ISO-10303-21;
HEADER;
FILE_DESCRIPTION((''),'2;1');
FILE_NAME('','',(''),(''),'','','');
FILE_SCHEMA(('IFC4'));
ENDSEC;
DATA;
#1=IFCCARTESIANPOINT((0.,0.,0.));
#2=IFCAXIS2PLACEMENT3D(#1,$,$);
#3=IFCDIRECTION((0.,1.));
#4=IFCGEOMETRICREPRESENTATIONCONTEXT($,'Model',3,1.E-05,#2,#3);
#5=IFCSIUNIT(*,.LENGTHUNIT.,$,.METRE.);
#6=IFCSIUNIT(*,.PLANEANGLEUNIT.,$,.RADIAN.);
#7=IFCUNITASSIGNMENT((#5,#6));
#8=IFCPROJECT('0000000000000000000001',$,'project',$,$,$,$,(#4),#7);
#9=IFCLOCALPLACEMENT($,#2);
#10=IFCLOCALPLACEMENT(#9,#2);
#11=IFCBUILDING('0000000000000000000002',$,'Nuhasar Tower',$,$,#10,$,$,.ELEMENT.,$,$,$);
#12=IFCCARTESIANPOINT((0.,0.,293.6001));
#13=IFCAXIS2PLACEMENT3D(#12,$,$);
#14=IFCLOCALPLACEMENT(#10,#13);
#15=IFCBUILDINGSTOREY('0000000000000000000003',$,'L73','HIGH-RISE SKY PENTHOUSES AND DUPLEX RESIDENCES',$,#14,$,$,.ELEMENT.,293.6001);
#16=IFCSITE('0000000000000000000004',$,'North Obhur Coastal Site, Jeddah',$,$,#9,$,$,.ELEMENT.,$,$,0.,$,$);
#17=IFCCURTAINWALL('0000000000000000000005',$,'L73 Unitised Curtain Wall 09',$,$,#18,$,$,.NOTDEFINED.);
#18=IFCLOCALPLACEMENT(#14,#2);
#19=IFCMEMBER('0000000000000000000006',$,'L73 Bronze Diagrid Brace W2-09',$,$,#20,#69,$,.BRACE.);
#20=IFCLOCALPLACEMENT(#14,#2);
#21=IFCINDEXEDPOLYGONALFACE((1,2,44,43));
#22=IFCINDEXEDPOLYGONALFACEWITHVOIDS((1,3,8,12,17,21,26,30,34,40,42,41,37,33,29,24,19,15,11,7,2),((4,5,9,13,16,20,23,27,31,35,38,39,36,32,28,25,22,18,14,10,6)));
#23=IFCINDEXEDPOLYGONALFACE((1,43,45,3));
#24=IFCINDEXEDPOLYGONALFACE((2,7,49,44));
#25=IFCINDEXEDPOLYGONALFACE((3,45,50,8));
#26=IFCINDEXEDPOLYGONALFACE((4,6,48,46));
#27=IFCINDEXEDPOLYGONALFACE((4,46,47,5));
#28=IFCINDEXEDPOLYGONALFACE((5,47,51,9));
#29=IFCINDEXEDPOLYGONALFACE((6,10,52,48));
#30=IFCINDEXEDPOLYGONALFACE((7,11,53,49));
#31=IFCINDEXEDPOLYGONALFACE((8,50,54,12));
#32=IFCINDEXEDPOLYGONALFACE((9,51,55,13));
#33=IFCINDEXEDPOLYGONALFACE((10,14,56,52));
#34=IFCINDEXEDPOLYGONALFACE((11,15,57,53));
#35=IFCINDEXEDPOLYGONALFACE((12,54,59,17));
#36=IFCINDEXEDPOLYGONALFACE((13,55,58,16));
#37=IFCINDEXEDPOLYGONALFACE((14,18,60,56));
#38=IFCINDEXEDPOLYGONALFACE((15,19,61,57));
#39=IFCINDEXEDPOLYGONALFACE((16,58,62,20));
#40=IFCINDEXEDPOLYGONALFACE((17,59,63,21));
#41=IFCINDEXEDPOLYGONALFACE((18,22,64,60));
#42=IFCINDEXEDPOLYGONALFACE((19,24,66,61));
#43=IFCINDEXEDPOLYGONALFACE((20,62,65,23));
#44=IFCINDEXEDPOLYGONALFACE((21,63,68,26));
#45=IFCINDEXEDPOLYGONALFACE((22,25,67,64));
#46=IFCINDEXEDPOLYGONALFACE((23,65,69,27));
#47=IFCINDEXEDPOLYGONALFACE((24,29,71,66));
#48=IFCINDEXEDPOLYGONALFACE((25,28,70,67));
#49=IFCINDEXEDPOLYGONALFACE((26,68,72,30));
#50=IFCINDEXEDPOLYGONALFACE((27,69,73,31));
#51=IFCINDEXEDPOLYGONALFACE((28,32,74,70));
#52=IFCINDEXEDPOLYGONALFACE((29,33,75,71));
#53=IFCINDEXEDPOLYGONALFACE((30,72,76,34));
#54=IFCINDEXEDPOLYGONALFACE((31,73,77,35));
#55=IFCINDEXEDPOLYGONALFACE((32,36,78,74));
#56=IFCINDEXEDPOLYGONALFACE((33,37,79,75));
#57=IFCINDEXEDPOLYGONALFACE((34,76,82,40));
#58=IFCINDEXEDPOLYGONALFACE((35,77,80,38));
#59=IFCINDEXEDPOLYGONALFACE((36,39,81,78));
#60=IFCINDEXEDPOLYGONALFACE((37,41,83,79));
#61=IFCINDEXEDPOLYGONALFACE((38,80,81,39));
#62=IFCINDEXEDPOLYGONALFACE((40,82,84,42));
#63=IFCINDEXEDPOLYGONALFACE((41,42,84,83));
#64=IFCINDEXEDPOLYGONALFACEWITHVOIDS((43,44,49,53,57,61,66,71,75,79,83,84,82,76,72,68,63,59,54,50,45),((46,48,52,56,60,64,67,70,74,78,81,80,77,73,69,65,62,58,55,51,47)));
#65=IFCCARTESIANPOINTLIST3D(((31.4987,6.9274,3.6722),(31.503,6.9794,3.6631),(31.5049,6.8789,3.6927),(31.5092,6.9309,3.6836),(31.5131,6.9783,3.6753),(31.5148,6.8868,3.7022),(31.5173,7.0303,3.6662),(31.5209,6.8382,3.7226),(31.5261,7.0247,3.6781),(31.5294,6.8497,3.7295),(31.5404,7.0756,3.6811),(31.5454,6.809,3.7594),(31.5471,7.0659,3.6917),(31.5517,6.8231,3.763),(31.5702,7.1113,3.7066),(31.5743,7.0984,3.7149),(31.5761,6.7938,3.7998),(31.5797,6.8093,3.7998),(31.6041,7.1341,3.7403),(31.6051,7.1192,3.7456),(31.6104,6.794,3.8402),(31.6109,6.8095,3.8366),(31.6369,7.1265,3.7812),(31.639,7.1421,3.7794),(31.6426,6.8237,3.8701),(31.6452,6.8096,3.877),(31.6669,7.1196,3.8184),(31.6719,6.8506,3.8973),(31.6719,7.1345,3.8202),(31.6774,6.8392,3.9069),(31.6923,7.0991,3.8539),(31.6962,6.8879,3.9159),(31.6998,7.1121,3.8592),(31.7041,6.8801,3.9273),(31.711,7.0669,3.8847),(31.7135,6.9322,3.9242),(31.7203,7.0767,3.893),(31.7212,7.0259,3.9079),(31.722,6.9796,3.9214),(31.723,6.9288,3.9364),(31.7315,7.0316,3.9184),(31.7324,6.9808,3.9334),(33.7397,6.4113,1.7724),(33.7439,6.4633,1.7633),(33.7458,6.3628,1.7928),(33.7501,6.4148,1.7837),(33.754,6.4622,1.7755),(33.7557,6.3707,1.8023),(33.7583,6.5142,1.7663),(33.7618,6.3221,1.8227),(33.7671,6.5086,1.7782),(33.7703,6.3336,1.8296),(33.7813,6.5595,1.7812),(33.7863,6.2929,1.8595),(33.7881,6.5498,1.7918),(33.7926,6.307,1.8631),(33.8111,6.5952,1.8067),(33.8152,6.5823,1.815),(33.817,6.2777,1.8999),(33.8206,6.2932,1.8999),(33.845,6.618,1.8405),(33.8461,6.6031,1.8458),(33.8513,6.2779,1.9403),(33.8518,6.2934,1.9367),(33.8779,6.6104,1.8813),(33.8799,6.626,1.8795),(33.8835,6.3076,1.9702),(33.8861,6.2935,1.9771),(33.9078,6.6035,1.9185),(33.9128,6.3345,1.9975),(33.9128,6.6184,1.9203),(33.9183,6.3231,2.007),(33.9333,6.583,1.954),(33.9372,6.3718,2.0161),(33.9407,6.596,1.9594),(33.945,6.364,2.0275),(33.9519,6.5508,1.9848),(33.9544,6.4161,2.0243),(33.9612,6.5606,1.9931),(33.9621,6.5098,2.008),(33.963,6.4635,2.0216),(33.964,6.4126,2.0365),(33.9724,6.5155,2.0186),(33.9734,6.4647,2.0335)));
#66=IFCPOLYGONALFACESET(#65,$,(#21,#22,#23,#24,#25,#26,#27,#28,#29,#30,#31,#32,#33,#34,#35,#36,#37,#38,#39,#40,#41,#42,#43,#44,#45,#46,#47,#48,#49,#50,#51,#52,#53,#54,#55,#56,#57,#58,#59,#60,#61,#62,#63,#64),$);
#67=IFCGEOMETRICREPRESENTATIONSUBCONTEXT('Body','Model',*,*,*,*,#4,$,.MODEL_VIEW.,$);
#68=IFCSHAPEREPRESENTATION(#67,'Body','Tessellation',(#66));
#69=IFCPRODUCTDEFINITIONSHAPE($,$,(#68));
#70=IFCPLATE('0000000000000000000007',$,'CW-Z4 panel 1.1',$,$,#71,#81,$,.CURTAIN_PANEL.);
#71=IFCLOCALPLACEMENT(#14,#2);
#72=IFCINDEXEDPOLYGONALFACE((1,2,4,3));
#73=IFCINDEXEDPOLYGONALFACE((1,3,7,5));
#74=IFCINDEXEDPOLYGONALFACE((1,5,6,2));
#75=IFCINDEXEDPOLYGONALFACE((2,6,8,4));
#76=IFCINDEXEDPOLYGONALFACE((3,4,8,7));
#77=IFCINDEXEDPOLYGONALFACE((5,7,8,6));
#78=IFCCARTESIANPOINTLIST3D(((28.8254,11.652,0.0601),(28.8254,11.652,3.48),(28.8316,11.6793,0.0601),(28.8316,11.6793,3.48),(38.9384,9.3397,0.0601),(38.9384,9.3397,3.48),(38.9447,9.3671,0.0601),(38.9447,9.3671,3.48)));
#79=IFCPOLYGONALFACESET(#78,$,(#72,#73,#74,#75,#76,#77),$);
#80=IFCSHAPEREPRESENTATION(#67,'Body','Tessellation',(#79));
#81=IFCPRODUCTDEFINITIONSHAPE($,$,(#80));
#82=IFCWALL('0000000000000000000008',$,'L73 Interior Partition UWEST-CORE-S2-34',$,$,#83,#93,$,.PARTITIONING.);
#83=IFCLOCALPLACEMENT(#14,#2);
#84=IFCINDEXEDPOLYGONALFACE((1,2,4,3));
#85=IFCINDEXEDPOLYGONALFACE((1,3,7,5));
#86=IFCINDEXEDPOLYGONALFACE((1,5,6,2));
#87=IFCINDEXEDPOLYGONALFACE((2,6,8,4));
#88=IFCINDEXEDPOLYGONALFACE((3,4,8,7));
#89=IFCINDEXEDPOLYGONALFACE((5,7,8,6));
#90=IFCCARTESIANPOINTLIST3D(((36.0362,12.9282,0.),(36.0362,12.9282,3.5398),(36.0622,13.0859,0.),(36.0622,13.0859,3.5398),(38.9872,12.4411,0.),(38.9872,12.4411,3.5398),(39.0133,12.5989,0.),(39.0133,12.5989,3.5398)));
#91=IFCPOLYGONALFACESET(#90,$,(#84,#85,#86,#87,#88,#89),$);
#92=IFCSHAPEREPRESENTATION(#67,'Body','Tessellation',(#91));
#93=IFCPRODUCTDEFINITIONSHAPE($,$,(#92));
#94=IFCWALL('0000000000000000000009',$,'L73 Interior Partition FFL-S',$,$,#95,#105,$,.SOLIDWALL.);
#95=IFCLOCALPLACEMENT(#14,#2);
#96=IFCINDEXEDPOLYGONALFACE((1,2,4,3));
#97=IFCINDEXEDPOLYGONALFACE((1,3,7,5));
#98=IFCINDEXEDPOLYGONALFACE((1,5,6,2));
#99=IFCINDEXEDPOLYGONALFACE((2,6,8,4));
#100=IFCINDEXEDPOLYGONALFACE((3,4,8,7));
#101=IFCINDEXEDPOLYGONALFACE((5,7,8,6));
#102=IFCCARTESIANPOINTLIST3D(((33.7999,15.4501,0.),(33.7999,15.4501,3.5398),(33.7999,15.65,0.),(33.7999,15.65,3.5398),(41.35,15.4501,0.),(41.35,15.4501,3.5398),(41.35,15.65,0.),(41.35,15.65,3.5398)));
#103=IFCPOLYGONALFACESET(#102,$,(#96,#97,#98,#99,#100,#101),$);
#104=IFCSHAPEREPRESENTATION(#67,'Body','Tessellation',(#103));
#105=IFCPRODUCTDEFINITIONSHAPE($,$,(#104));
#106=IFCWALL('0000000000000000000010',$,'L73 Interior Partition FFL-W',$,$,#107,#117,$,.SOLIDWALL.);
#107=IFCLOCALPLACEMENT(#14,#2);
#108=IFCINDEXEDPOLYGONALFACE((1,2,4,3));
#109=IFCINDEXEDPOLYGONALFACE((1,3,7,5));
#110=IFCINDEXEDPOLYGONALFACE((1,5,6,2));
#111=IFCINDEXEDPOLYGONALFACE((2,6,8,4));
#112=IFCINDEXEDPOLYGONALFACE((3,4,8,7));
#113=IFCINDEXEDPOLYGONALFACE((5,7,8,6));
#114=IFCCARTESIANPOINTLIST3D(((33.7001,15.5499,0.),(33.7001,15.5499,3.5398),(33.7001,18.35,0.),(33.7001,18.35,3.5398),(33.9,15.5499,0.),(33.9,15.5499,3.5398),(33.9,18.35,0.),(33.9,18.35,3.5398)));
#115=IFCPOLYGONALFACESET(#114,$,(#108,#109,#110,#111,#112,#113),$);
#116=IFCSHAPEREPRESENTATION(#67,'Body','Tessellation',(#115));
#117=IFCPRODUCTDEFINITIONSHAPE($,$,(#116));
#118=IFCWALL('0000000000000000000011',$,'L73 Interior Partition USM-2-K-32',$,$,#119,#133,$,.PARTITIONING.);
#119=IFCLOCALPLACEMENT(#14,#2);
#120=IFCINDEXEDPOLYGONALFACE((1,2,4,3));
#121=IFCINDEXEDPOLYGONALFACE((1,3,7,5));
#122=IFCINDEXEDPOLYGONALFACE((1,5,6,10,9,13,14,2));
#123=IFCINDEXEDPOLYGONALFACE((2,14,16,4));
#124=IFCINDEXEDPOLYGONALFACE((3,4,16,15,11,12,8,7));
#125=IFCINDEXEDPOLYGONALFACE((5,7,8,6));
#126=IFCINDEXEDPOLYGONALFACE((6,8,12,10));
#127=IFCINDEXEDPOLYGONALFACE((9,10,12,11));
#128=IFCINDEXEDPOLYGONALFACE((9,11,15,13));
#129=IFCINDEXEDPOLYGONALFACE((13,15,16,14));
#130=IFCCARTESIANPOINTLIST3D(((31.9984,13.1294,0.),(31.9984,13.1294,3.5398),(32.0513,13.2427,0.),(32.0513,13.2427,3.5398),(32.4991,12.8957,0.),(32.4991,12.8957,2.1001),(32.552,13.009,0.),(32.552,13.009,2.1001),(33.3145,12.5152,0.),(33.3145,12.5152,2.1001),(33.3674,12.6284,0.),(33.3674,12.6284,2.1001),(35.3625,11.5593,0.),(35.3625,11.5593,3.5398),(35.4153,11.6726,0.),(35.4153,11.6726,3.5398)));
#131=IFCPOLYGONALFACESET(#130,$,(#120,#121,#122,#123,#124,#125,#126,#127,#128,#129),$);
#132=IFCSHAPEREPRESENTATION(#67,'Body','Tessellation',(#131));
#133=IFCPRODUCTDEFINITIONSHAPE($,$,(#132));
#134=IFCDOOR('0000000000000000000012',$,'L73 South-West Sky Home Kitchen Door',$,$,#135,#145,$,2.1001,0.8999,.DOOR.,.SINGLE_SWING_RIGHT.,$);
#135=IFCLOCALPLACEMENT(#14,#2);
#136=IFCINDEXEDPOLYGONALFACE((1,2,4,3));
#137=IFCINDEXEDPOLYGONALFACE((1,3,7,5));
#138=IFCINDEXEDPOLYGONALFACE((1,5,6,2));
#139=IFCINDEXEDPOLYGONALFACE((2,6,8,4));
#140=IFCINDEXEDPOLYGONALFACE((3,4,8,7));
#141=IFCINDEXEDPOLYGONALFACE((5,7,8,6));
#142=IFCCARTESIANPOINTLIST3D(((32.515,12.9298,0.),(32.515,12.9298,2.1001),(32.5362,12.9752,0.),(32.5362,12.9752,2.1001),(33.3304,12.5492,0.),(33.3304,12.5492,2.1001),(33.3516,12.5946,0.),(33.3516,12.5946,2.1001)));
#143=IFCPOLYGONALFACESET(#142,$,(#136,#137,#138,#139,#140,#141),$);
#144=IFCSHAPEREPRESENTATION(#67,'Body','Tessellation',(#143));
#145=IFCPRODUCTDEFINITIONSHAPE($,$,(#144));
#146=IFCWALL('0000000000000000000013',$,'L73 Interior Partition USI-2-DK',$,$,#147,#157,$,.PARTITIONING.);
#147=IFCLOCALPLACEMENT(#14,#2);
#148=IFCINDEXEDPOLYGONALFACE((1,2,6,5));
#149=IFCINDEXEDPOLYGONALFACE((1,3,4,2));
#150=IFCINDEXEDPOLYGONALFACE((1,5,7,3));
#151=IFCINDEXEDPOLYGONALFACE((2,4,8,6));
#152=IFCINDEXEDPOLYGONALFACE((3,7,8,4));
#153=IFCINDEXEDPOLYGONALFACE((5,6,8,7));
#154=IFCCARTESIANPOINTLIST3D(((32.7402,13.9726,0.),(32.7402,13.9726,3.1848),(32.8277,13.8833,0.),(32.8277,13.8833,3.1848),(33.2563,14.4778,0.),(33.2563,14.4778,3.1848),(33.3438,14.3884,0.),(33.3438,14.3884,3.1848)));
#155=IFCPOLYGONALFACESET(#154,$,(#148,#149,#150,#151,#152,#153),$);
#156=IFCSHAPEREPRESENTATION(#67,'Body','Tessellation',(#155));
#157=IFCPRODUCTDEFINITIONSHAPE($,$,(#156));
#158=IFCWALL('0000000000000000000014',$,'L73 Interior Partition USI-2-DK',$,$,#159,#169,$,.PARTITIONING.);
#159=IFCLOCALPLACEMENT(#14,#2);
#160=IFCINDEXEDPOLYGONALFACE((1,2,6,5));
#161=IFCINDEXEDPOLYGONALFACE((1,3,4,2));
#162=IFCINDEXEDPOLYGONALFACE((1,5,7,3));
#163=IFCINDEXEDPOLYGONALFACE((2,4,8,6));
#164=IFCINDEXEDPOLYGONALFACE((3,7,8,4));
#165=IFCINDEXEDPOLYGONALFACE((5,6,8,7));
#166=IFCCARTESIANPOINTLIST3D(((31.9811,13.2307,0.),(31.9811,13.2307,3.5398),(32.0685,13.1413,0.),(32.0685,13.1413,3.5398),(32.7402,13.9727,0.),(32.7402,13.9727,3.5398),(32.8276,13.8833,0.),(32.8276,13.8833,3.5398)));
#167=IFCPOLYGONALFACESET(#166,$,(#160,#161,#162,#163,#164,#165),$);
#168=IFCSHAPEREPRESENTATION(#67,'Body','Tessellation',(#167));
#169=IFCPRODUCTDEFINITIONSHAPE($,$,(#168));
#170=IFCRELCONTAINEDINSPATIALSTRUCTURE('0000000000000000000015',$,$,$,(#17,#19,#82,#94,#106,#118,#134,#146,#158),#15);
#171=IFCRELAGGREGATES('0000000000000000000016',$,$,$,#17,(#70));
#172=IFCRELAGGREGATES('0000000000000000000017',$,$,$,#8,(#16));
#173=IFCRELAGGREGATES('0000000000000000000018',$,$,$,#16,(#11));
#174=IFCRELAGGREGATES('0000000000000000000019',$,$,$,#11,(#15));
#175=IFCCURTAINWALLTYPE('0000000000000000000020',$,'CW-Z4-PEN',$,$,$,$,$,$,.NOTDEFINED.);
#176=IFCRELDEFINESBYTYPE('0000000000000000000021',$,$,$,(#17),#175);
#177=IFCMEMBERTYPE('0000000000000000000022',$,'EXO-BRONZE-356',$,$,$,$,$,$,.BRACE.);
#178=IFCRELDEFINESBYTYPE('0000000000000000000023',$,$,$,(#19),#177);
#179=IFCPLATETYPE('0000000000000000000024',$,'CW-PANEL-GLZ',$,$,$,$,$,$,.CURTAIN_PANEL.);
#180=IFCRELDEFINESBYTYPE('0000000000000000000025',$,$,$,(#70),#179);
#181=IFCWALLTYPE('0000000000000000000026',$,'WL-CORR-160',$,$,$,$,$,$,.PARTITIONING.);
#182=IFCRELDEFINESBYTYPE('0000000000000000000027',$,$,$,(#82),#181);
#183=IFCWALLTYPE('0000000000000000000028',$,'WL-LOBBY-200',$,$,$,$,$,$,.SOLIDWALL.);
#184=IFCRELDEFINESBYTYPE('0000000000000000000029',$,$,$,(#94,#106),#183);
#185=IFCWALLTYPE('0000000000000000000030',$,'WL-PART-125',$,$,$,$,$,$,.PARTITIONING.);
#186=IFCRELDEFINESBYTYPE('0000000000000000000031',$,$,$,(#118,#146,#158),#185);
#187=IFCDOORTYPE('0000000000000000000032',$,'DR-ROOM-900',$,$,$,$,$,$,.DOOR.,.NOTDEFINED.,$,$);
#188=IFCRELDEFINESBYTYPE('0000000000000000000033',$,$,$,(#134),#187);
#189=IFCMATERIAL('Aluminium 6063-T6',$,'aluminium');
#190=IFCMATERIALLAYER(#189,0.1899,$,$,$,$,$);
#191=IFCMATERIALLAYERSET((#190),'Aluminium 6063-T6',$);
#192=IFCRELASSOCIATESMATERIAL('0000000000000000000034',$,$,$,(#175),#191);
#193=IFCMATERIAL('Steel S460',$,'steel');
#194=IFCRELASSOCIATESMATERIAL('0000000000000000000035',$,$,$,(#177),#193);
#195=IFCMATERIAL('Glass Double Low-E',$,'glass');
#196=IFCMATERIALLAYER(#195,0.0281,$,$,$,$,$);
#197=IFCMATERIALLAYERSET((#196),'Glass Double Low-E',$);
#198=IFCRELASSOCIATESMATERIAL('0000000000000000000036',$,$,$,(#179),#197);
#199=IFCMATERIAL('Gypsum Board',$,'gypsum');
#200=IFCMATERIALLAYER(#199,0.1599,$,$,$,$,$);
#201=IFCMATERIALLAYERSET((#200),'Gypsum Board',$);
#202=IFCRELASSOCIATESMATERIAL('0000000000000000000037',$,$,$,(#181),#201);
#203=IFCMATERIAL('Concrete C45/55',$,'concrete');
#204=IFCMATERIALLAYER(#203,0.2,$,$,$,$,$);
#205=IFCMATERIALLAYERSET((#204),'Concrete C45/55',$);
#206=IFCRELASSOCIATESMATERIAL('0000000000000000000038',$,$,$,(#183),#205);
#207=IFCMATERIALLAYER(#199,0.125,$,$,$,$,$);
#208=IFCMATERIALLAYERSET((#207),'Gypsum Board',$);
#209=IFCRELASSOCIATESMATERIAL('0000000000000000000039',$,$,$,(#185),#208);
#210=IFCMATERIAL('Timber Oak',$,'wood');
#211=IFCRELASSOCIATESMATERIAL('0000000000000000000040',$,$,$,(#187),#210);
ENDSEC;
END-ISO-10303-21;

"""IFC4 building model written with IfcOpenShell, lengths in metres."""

from ifc_helpers import new_model, si_unit, direction, frame, frame_2d, origin, origin_2d, place, context, subcontext, project, spatial, rectangle, hollow_circle, extrude, material, layer, layer_set, material_profile, profile_set, type_object, element, fill, aggregate, save


model = new_model("IFC4")

# Units and contexts
model_context = context("Model", 3, precision=1e-05, world=origin(), true_north=direction((0.0, 1.0)))
body_context = subcontext(model_context, "Body", "Model", "MODEL_VIEW")
ifc_project = project(units=[si_unit("LENGTHUNIT", "METRE"), si_unit("PLANEANGLEUNIT", "RADIAN")], contexts=[model_context])

# Site, building, storey
site_placement = place(None, origin())
site = spatial("IfcSite", under=ifc_project, at=site_placement, Name="North Obhur Coastal Site, Jeddah", CompositionType="ELEMENT", RefElevation=0.0)
building_placement = place(site_placement, origin())
building = spatial("IfcBuilding", under=site, at=building_placement, Name="Nuhasar Tower", CompositionType="ELEMENT")
storey_placement = place(building_placement, frame((0.0, 0.0, 293.6001)))
storey = spatial("IfcBuildingStorey", under=building, at=storey_placement, Name="L73", Description="HIGH-RISE SKY PENTHOUSES AND DUPLEX RESIDENCES", CompositionType="ELEMENT", Elevation=293.6001)

# Curtain wall
ifc_material_1 = material(Name="Aluminium 6063-T6", Category="aluminium")
ifc_layer_1 = layer(ifc_material_1, 0.1899)
ifc_layer_set_1 = layer_set([ifc_layer_1], Name="Aluminium 6063-T6")
curtain_wall_type = type_object("IfcCurtainWallType", Name="CW-Z4-PEN", PredefinedType="NOTDEFINED", material=ifc_layer_set_1)
curtain_wall_placement = place(storey_placement, origin())
curtain_wall = element("IfcCurtainWall", 1, at=curtain_wall_placement, inside=storey, type_object=curtain_wall_type, Name="L73 Unitised Curtain Wall 09", PredefinedType="NOTDEFINED")

# Member
ifc_material_2 = material(Name="Steel S460", Category="steel")
ifc_material_profile_1 = material_profile(ifc_material_2, hollow_circle(Radius=0.1777, WallThickness=0.0159, at=origin_2d()), Name="HSS355.6X15.9")
ifc_profile_set_1 = profile_set([ifc_material_profile_1], Name="Steel S460")
member_type_1 = type_object("IfcMemberType", Name="EXO-BRONZE-356", PredefinedType="BRACE", material=ifc_profile_set_1)
for number, where, z_axis, x_axis, name in (
    (2, (33.8569, 6.4509, 1.8999), (-0.751261, 0.173022, 0.636923), (-0.224433, -0.97449, 0.0), "L73 Bronze Diagrid Brace W2-09"),
):
    element("IfcMember", number, at=place(storey_placement, frame(where, z_axis=z_axis, x_axis=x_axis)), inside=storey, type_object=member_type_1, Name=name, PredefinedType="BRACE", context=body_context, shape_type="SweptSolid", body=[
        extrude(hollow_circle(Radius=0.1777, WallThickness=0.0159, at=origin_2d()), origin(), (0.0, 0.0, 1.0), 2.9829),
    ])

# Plate
ifc_material_3 = material(Name="Glass Double Low-E", Category="glass")
ifc_layer_2 = layer(ifc_material_3, 0.0281)
ifc_layer_set_2 = layer_set([ifc_layer_2], Name="Glass Double Low-E")
plate_type = type_object("IfcPlateType", Name="CW-PANEL-GLZ", PredefinedType="CURTAIN_PANEL", material=ifc_layer_set_2)
plate_placement = place(storey_placement, frame((33.885, 10.5095, 0.0601), z_axis=(0.0, 0.0, 1.0), x_axis=(0.974844, -0.222889, 0.0)))
plate = element("IfcPlate", 3, at=plate_placement, type_object=plate_type, Name="CW-Z4 panel 1.1", PredefinedType="CURTAIN_PANEL", context=body_context, shape_type="SweptSolid", body=[
    extrude(rectangle(XDim=10.374, YDim=0.0281, at=origin_2d()), origin(), (0.0, 0.0, 1.0), 3.4199),
])
aggregate(curtain_wall, [plate])

# Walls
ifc_material_4 = material(Name="Gypsum Board", Category="gypsum")
ifc_layer_3 = layer(ifc_material_4, 0.1599)
ifc_layer_set_3 = layer_set([ifc_layer_3], Name="Gypsum Board")
wall_type_1 = type_object("IfcWallType", Name="WL-CORR-160", PredefinedType="PARTITIONING", material=ifc_layer_set_3)
wall_1_placement = place(storey_placement, frame((36.0491, 13.0071, 0.0), z_axis=(0.0, 0.0, 1.0), x_axis=(0.986651, -0.16285, 0.0)))
element("IfcWall", 4, at=wall_1_placement, inside=storey, type_object=wall_type_1, Name="L73 Interior Partition UWEST-CORE-S2-34", PredefinedType="PARTITIONING", context=body_context, shape_type="SweptSolid", body=[
    extrude(rectangle(XDim=2.991, YDim=0.1599, at=frame_2d((1.4956, 0.0))), origin(), (0.0, 0.0, 1.0), 3.5398),
])
ifc_material_5 = material(Name="Concrete C45/55", Category="concrete")
ifc_layer_4 = layer(ifc_material_5, 0.2)
ifc_layer_set_4 = layer_set([ifc_layer_4], Name="Concrete C45/55")
wall_type_2 = type_object("IfcWallType", Name="WL-LOBBY-200", PredefinedType="SOLIDWALL", material=ifc_layer_set_4)
wall_2_placement = place(storey_placement, frame((33.8, 15.55, 0.0), z_axis=(0.0, 0.0, 1.0), x_axis=(1.0, 0.0, 0.0)))
element("IfcWall", 5, at=wall_2_placement, inside=storey, type_object=wall_type_2, Name="L73 Interior Partition FFL-S", PredefinedType="SOLIDWALL", context=body_context, shape_type="SweptSolid", body=[
    extrude(rectangle(XDim=7.55, YDim=0.2, at=frame_2d((3.7749, 0.0))), origin(), (0.0, 0.0, 1.0), 3.5398),
])
wall_3_placement = place(storey_placement, frame((33.8, 15.55, 0.0), z_axis=(0.0, 0.0, 1.0), x_axis=(0.0, 1.0, 0.0)))
element("IfcWall", 6, at=wall_3_placement, inside=storey, type_object=wall_type_2, Name="L73 Interior Partition FFL-W", PredefinedType="SOLIDWALL", context=body_context, shape_type="SweptSolid", body=[
    extrude(rectangle(XDim=2.8, YDim=0.2, at=frame_2d((1.3999, 0.0))), origin(), (0.0, 0.0, 1.0), 3.5398),
])

# Wall, opening, door
ifc_layer_5 = layer(ifc_material_4, 0.125)
ifc_layer_set_5 = layer_set([ifc_layer_5], Name="Gypsum Board")
wall_type_3 = type_object("IfcWallType", Name="WL-PART-125", PredefinedType="PARTITIONING", material=ifc_layer_set_5)
wall_4_placement = place(storey_placement, frame((35.3889, 11.616, 0.0), z_axis=(0.0, 0.0, 1.0), x_axis=(-0.906163, 0.422929, 0.0)))
wall_4 = element("IfcWall", 7, at=wall_4_placement, inside=storey, type_object=wall_type_3, Name="L73 Interior Partition USM-2-K-32", PredefinedType="PARTITIONING", context=body_context, shape_type="SweptSolid", body=[
    extrude(rectangle(XDim=3.7124, YDim=0.125, at=frame_2d((1.8562, 0.0))), origin(), (0.0, 0.0, 1.0), 3.5398),
])
opening_1_placement = place(wall_4_placement, frame((2.26, 0.0, 0.0)))
opening_1 = element("IfcOpeningElement", 8, at=opening_1_placement, cuts=wall_4, PredefinedType="OPENING", context=body_context, shape_type="SweptSolid", body=[
    extrude(rectangle(XDim=0.8999, YDim=2.1001, at=frame_2d((0.45, 1.05))), frame((0.0, 0.0725, 0.0), z_axis=(0.0, -1.0, 0.0), x_axis=(1.0, 0.0, 0.0)), (0.0, 0.0, 1.0), 0.145),
])
ifc_material_6 = material(Name="Timber Oak", Category="wood")
door_type = type_object("IfcDoorType", Name="DR-ROOM-900", OperationType="NOTDEFINED", PredefinedType="DOOR", material=ifc_material_6)
door_1_placement = place(opening_1_placement, origin())
door_1 = element("IfcDoor", 9, at=door_1_placement, inside=storey, type_object=door_type, Name="L73 South-West Sky Home Kitchen Door", OperationType="SINGLE_SWING_RIGHT", OverallHeight=2.1001, OverallWidth=0.8999, PredefinedType="DOOR", context=body_context, shape_type="SweptSolid", body=[
    extrude(rectangle(XDim=0.8999, YDim=2.1001, at=frame_2d((0.45, 1.05))), frame((0.0, 0.0249, 0.0), z_axis=(0.0, -1.0, 0.0), x_axis=(1.0, 0.0, 0.0)), (0.0, 0.0, 1.0), 0.05),
])
fill(opening_1, door_1)

# Walls
wall_5_placement = place(storey_placement, frame((33.3, 14.4331, 0.0), z_axis=(0.0, 0.0, 1.0), x_axis=(-0.714672, -0.699459, 0.0)))
element("IfcWall", 10, at=wall_5_placement, inside=storey, type_object=wall_type_3, Name="L73 Interior Partition USI-2-DK", PredefinedType="PARTITIONING", context=body_context, shape_type="SweptSolid", body=[
    extrude(rectangle(XDim=0.7222, YDim=0.125, at=frame_2d((0.3611, 0.0))), origin(), (0.0, 0.0, 1.0), 3.1848),
])
wall_6_placement = place(storey_placement, frame((32.7839, 13.928, 0.0), z_axis=(0.0, 0.0, 1.0), x_axis=(-0.715111, -0.69901, 0.0)))
element("IfcWall", 11, at=wall_6_placement, inside=storey, type_object=wall_type_3, Name="L73 Interior Partition USI-2-DK", PredefinedType="PARTITIONING", context=body_context, shape_type="SweptSolid", body=[
    extrude(rectangle(XDim=1.0615, YDim=0.125, at=frame_2d((0.5308, 0.0))), origin(), (0.0, 0.0, 1.0), 3.5398),
])

save(model, "model.ifc")
